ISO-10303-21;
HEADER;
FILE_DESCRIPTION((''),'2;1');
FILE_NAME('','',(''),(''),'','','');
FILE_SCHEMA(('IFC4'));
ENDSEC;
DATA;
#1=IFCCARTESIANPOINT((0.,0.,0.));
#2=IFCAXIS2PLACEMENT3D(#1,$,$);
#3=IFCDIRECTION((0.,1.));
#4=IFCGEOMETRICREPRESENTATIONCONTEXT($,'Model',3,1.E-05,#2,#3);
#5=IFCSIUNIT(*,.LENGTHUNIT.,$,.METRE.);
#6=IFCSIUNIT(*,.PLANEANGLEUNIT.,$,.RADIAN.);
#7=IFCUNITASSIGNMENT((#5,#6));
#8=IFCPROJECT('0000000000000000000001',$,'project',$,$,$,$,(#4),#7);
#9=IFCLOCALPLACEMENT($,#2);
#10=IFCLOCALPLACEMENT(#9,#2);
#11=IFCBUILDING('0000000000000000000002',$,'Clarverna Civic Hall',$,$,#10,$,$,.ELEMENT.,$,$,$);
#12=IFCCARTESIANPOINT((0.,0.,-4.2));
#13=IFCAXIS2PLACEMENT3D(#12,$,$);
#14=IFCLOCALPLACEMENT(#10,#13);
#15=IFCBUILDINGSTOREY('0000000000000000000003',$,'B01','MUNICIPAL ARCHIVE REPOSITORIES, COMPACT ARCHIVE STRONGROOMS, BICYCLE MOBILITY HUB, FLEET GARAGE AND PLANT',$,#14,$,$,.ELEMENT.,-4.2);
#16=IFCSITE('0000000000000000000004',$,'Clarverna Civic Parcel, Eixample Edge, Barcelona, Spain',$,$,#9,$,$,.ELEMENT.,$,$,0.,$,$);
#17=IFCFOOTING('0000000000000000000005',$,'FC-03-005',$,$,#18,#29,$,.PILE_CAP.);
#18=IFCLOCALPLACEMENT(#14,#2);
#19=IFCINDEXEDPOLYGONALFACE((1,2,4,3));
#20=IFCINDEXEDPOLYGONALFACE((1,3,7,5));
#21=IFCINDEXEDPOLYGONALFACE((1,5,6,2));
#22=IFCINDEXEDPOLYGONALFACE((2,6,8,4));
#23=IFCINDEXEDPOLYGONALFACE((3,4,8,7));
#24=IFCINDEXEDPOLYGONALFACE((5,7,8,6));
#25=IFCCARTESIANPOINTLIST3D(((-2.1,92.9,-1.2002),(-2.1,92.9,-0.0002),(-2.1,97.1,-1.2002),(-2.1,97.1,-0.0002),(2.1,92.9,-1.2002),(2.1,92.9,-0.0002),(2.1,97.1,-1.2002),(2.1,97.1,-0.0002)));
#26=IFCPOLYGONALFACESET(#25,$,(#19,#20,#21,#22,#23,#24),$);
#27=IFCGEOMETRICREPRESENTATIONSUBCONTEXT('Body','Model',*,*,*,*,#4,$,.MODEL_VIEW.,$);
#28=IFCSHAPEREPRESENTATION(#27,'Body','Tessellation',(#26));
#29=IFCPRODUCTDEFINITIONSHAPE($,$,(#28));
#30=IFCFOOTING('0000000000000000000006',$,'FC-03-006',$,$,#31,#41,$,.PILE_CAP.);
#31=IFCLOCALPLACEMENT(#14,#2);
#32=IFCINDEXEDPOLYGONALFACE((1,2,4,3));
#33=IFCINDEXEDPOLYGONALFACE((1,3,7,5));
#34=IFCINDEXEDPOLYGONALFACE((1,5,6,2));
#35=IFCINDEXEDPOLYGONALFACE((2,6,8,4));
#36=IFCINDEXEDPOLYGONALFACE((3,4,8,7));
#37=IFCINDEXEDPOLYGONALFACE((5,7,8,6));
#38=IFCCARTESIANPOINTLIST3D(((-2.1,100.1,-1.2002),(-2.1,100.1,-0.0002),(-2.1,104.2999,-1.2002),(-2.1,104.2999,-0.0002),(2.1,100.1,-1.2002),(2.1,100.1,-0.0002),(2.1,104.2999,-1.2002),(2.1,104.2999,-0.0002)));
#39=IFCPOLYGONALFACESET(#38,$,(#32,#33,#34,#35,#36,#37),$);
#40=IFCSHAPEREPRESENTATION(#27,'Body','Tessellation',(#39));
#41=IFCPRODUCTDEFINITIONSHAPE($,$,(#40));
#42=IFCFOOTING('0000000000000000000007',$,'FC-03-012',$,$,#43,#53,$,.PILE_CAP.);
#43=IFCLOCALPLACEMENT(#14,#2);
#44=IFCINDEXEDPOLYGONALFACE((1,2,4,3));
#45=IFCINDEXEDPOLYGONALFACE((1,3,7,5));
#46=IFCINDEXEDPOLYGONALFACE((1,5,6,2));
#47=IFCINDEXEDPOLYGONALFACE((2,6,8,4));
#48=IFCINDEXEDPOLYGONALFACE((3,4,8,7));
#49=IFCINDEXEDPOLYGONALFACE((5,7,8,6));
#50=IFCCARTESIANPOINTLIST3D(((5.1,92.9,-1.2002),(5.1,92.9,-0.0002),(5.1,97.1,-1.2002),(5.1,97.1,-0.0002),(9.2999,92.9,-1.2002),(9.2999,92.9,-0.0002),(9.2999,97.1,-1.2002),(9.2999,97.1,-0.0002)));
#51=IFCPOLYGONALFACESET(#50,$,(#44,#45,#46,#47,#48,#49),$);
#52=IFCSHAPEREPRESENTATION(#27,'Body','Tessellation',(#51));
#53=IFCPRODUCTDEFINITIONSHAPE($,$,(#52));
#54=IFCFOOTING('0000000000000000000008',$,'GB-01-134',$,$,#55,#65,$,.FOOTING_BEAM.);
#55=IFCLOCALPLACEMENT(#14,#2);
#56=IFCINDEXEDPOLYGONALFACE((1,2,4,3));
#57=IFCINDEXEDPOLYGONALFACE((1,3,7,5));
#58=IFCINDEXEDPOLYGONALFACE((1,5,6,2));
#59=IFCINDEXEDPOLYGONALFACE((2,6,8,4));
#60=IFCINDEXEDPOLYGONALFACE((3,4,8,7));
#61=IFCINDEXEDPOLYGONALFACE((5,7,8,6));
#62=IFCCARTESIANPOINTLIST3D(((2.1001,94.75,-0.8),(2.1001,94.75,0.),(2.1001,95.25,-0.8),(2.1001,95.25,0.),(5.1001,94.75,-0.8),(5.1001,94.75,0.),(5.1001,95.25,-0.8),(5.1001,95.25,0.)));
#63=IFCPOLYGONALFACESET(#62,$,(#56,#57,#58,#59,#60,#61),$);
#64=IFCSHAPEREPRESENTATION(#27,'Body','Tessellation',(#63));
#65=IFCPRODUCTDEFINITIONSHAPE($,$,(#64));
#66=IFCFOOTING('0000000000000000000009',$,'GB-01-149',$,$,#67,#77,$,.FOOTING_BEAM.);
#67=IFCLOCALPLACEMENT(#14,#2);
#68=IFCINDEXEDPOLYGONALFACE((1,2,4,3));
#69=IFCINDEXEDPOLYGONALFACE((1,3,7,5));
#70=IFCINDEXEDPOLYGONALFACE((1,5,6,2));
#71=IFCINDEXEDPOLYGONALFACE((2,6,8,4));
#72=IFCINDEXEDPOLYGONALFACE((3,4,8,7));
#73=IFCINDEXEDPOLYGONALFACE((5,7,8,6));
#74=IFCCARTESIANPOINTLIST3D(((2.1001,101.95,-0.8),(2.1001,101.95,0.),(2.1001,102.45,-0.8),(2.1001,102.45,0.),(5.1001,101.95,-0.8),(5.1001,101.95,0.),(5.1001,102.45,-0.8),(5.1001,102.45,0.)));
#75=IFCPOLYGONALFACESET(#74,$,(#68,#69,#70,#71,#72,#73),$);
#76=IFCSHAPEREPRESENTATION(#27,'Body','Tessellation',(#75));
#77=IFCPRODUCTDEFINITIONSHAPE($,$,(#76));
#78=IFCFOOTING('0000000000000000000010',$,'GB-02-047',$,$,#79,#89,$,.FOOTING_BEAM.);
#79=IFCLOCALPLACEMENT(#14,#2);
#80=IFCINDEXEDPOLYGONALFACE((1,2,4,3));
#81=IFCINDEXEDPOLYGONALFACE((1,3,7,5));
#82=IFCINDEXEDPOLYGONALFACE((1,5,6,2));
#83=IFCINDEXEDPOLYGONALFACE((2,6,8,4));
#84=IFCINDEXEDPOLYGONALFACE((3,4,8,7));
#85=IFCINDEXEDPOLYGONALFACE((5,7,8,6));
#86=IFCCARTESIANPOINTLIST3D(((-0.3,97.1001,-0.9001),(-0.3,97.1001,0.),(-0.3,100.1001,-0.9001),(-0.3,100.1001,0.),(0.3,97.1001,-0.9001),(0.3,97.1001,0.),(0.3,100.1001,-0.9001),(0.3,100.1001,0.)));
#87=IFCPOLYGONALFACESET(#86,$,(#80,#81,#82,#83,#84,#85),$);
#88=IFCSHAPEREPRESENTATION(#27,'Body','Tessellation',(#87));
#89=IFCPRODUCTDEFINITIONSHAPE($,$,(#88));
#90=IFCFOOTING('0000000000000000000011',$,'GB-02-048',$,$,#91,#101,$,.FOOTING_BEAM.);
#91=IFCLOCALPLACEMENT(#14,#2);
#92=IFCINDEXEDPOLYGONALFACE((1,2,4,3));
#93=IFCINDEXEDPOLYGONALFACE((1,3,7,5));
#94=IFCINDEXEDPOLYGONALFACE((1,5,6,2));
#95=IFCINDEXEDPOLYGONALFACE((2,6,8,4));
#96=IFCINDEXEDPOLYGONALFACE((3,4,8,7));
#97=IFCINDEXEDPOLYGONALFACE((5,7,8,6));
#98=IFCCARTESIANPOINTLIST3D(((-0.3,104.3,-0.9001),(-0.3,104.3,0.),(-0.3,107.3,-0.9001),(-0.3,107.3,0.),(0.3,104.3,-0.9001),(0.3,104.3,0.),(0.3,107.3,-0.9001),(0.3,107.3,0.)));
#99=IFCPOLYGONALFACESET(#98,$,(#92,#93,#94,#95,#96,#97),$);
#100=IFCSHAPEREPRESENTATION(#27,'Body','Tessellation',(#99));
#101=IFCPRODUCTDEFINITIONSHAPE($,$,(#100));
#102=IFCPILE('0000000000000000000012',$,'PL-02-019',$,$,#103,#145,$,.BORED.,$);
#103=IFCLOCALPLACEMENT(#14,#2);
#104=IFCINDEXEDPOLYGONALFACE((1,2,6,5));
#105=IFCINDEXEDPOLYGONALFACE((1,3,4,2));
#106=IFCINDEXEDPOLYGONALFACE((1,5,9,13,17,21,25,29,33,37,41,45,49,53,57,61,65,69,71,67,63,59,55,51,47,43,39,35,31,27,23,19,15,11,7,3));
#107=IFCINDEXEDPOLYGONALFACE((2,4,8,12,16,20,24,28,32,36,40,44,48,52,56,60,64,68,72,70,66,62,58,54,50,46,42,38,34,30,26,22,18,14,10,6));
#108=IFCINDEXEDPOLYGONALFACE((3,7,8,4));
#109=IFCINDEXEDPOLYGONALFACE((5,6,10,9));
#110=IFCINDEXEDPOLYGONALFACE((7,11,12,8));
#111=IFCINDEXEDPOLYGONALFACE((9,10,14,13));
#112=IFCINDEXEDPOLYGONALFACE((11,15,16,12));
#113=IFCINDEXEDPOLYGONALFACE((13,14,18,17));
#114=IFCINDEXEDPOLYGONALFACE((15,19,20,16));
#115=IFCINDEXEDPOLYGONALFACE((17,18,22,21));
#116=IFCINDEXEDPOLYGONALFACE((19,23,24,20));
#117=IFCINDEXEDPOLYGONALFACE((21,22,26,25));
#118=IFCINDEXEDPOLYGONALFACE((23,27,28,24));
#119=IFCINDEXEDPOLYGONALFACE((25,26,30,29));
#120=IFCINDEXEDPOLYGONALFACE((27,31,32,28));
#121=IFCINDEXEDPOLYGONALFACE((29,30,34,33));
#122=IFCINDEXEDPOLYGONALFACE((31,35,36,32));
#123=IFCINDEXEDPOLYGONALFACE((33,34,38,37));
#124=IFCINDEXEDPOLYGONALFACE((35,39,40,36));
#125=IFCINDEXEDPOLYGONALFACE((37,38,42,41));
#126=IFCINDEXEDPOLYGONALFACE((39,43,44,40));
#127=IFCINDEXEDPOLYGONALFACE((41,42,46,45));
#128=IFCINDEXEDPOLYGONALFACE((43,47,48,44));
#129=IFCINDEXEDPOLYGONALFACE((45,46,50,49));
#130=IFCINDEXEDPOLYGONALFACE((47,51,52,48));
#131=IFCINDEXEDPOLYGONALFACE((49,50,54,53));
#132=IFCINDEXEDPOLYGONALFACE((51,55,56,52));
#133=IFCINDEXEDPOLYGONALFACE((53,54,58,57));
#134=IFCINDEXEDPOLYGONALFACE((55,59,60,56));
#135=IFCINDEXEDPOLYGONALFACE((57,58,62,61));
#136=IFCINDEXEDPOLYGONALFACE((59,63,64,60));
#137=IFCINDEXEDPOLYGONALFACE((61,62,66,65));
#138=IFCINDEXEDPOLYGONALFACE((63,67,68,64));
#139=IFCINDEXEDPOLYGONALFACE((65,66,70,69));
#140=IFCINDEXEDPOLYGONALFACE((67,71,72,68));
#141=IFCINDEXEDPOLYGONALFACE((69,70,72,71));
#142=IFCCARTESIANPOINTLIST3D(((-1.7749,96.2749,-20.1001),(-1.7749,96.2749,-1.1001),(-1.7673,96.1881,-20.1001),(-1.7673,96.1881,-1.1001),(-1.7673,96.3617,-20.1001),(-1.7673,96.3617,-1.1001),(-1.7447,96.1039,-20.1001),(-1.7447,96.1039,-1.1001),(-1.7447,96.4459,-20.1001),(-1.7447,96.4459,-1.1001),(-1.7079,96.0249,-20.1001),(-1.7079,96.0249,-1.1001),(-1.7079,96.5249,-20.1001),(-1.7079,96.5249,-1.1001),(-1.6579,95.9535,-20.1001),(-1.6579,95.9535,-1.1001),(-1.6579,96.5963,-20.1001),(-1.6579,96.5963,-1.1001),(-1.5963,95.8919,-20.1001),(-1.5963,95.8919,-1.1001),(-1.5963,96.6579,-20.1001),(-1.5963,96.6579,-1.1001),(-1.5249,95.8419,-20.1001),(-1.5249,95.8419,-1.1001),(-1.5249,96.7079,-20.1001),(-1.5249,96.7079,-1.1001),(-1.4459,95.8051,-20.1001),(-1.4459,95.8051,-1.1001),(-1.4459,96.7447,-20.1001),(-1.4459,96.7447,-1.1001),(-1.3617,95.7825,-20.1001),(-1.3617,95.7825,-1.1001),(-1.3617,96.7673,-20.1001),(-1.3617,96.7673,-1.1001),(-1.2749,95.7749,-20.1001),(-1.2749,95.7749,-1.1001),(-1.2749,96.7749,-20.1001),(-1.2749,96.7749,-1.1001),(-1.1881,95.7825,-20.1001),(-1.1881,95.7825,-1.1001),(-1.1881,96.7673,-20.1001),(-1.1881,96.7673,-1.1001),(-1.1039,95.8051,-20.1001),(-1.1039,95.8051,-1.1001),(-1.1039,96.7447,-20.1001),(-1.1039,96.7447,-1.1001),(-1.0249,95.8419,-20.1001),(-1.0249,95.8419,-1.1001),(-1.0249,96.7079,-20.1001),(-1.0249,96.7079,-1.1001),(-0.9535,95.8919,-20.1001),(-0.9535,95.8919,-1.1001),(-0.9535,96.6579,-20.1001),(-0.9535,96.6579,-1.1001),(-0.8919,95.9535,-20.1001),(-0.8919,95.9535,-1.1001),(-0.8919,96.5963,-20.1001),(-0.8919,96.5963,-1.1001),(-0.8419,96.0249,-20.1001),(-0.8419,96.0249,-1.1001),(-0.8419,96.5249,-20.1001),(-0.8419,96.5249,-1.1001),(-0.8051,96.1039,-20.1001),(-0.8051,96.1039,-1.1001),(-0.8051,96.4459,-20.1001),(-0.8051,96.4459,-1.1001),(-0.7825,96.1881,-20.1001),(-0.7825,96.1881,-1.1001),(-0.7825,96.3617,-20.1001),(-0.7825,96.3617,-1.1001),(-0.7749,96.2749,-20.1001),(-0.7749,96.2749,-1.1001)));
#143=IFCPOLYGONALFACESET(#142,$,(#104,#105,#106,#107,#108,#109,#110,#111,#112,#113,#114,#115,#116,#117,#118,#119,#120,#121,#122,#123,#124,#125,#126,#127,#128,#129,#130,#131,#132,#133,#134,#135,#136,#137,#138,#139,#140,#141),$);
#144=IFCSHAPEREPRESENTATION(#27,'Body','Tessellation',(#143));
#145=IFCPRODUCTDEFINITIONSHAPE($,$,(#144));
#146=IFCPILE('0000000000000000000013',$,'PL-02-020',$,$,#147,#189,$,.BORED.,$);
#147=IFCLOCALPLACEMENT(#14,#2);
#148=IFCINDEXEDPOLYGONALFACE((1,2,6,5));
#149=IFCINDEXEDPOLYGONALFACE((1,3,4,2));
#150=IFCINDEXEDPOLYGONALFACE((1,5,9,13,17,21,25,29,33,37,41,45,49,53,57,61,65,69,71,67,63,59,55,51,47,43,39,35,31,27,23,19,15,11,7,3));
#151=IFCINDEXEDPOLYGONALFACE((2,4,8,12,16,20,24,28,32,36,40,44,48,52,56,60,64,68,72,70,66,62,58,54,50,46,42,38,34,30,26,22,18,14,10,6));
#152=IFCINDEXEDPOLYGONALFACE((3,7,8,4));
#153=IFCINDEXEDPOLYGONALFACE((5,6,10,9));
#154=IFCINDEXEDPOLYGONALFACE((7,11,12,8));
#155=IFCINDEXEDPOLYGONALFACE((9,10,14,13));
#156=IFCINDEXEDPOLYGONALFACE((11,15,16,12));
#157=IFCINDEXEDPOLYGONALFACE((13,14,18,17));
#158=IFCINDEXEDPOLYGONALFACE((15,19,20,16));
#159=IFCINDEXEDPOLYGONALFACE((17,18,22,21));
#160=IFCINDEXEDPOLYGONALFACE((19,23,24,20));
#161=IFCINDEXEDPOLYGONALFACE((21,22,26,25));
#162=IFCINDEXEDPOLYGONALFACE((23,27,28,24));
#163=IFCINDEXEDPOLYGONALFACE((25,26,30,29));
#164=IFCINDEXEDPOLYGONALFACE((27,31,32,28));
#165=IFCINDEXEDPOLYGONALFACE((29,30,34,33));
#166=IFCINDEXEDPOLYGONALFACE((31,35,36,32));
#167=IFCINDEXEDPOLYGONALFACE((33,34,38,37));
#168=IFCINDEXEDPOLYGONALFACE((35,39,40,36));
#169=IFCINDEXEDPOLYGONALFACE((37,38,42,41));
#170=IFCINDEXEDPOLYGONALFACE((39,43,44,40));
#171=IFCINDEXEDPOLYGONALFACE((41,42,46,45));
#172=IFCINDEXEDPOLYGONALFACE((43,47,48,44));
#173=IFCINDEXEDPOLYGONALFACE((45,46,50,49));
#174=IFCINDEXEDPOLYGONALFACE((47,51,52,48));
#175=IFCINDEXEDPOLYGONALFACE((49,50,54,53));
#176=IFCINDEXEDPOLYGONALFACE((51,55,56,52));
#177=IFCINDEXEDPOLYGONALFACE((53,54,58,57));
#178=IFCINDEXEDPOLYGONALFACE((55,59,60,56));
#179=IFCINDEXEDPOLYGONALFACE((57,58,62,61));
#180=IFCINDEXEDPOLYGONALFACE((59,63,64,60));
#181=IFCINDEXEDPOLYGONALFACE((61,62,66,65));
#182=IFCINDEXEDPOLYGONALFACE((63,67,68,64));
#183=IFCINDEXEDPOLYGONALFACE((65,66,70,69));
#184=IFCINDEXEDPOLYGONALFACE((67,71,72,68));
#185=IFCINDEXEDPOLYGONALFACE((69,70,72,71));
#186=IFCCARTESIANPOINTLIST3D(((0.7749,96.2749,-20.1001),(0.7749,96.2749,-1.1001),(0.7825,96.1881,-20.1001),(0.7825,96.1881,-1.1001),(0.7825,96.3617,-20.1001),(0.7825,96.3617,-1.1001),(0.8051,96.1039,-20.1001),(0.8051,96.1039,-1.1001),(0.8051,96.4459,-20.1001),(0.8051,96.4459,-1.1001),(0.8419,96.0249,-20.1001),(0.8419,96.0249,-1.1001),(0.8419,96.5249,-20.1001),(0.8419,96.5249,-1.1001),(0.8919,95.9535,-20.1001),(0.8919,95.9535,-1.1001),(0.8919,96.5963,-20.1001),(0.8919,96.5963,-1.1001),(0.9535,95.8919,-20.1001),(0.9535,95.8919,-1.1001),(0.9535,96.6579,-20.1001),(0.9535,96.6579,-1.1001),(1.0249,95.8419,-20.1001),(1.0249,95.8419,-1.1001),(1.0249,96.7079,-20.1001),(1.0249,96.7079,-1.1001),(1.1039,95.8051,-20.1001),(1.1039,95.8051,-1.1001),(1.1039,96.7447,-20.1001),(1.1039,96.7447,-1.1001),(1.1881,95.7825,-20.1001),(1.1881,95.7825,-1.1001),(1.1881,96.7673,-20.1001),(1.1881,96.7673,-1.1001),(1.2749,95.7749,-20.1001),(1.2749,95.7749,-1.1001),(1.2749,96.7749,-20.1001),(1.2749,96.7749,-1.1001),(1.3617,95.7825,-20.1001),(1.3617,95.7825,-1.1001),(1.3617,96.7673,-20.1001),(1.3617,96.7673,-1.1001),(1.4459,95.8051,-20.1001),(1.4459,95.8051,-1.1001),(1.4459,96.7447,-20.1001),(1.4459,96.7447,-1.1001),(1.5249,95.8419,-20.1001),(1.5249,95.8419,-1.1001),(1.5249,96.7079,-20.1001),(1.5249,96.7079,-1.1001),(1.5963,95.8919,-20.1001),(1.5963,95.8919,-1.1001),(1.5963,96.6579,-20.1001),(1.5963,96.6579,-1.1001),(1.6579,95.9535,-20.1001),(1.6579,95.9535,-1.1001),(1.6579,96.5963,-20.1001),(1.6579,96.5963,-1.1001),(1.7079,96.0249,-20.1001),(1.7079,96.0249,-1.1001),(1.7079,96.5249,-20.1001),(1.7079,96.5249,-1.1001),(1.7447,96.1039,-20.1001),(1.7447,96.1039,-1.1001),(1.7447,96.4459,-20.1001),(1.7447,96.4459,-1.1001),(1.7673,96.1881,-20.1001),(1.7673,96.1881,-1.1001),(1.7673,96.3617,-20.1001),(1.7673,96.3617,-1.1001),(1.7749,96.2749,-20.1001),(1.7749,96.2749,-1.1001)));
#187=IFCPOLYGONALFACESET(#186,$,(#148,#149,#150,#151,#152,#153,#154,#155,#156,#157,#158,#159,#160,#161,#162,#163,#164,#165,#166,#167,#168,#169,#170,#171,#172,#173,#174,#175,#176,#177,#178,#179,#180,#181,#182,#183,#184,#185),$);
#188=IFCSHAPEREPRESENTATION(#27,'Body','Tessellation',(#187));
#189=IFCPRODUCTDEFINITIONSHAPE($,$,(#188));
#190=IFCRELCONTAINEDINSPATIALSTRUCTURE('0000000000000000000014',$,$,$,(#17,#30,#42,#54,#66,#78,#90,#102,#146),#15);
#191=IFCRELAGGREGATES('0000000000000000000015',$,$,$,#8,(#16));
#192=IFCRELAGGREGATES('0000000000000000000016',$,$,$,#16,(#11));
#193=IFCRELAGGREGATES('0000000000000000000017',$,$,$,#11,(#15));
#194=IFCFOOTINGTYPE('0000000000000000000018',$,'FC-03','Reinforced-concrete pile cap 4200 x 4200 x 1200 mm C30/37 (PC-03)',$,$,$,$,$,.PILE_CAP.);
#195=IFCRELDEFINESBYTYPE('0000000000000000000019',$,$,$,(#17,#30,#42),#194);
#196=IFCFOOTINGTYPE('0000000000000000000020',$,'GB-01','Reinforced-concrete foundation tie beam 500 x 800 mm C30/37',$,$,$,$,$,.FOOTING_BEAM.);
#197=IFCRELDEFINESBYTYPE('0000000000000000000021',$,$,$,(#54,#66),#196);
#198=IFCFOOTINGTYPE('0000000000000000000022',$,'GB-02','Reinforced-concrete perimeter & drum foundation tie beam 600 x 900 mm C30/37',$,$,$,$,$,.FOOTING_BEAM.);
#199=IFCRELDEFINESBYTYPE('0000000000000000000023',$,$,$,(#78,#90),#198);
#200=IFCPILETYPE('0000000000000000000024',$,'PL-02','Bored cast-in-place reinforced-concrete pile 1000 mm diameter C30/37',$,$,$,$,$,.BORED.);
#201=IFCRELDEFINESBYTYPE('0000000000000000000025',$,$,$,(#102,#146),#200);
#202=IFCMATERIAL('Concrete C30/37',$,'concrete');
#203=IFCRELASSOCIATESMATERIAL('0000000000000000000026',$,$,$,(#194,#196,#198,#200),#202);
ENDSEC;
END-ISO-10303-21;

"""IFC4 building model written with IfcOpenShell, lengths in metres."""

from ifc_helpers import new_model, si_unit, direction, frame, frame_2d, origin, origin_2d, place, context, subcontext, project, spatial, rectangle, circle, extrude, material, material_profile, profile_set, type_object, element, save


model = new_model("IFC4")

# Units and contexts
model_context = context("Model", 3, precision=1e-05, world=origin(), true_north=direction((0.0, 1.0)))
body_context = subcontext(model_context, "Body", "Model", "MODEL_VIEW")
ifc_project = project(units=[si_unit("LENGTHUNIT", "METRE"), si_unit("PLANEANGLEUNIT", "RADIAN")], contexts=[model_context])

# Site, building, storey
site_placement = place(None, origin())
site = spatial("IfcSite", under=ifc_project, at=site_placement, Name="Clarverna Civic Parcel, Eixample Edge, Barcelona, Spain", CompositionType="ELEMENT", RefElevation=0.0)
building_placement = place(site_placement, origin())
building = spatial("IfcBuilding", under=site, at=building_placement, Name="Clarverna Civic Hall", CompositionType="ELEMENT")
storey_placement = place(building_placement, frame((0.0, 0.0, -4.2)))
storey = spatial("IfcBuildingStorey", under=building, at=storey_placement, Name="B01", Description="MUNICIPAL ARCHIVE REPOSITORIES, COMPACT ARCHIVE STRONGROOMS, BICYCLE MOBILITY HUB, FLEET GARAGE AND PLANT", CompositionType="ELEMENT", Elevation=-4.2)

# Footings
ifc_material_1 = material(Name="Concrete C30/37", Category="concrete")
footing_type_1 = type_object("IfcFootingType", Name="FC-03", Description="Reinforced-concrete pile cap 4200 x 4200 x 1200 mm C30/37 (PC-03)", PredefinedType="PILE_CAP", material=ifc_material_1)
for number, where, z_axis, x_axis, name in (
    (1, (0.0, 95.0, -1.2002), (0.0, 0.0, 1.0), (1.0, 0.0, 0.0), "FC-03-005"),
    (2, (0.0, 102.2, -1.2002), (0.0, 0.0, 1.0), (1.0, 0.0, 0.0), "FC-03-006"),
    (3, (7.2, 95.0, -1.2002), (0.0, 0.0, 1.0), (1.0, 0.0, 0.0), "FC-03-012"),
):
    element("IfcFooting", number, at=place(storey_placement, frame(where, z_axis=z_axis, x_axis=x_axis)), inside=storey, type_object=footing_type_1, Name=name, PredefinedType="PILE_CAP", context=body_context, shape_type="SweptSolid", body=[
        extrude(rectangle(XDim=4.2, YDim=4.2, at=origin_2d()), origin(), (0.0, 0.0, 1.0), 1.2),
    ])
footing_type_2 = type_object("IfcFootingType", Name="GB-01", Description="Reinforced-concrete foundation tie beam 500 x 800 mm C30/37", PredefinedType="FOOTING_BEAM", material=ifc_material_1)
for number, where, z_axis, x_axis, name in (
    (4, (2.1001, 95.0, -0.8), (0.0, 0.0, 1.0), (1.0, 0.0, 0.0), "GB-01-134"),
    (5, (2.1001, 102.2, -0.8), (0.0, 0.0, 1.0), (1.0, 0.0, 0.0), "GB-01-149"),
):
    element("IfcFooting", number, at=place(storey_placement, frame(where, z_axis=z_axis, x_axis=x_axis)), inside=storey, type_object=footing_type_2, Name=name, PredefinedType="FOOTING_BEAM", context=body_context, shape_type="SweptSolid", body=[
        extrude(rectangle(XDim=3.0, YDim=0.5, at=frame_2d((1.5, 0.0))), origin(), (0.0, 0.0, 1.0), 0.8),
    ])
footing_type_3 = type_object("IfcFootingType", Name="GB-02", Description="Reinforced-concrete perimeter & drum foundation tie beam 600 x 900 mm C30/37", PredefinedType="FOOTING_BEAM", material=ifc_material_1)
for number, where, z_axis, x_axis, name in (
    (6, (0.0, 97.1001, -0.9001), (0.0, 0.0, 1.0), (0.0, 1.0, 0.0), "GB-02-047"),
    (7, (0.0, 104.3, -0.9001), (0.0, 0.0, 1.0), (0.0, 1.0, 0.0), "GB-02-048"),
):
    element("IfcFooting", number, at=place(storey_placement, frame(where, z_axis=z_axis, x_axis=x_axis)), inside=storey, type_object=footing_type_3, Name=name, PredefinedType="FOOTING_BEAM", context=body_context, shape_type="SweptSolid", body=[
        extrude(rectangle(XDim=3.0, YDim=0.6001, at=frame_2d((1.5, 0.0))), origin(), (0.0, 0.0, 1.0), 0.9001),
    ])

# Piles
ifc_material_profile_1 = material_profile(ifc_material_1, circle(Radius=0.5, at=origin_2d()), Name="BORED PILE D1000")
ifc_profile_set_1 = profile_set([ifc_material_profile_1], Name="Concrete C30/37")
pile_type = type_object("IfcPileType", Name="PL-02", Description="Bored cast-in-place reinforced-concrete pile 1000 mm diameter C30/37", PredefinedType="BORED", material=ifc_profile_set_1)
for number, where, z_axis, x_axis, name in (
    (8, (-1.2749, 96.2749, -1.1001), (0.0, 0.0, -1.0), (1.0, 0.0, 0.0), "PL-02-019"),
    (9, (1.2749, 96.2749, -1.1001), (0.0, 0.0, -1.0), (1.0, 0.0, 0.0), "PL-02-020"),
):
    element("IfcPile", number, at=place(storey_placement, frame(where, z_axis=z_axis, x_axis=x_axis)), inside=storey, type_object=pile_type, Name=name, PredefinedType="BORED", context=body_context, shape_type="SweptSolid", body=[
        extrude(circle(Radius=0.5, at=origin_2d()), origin(), (0.0, 0.0, 1.0), 19.0),
    ])

save(model, "model.ifc")
